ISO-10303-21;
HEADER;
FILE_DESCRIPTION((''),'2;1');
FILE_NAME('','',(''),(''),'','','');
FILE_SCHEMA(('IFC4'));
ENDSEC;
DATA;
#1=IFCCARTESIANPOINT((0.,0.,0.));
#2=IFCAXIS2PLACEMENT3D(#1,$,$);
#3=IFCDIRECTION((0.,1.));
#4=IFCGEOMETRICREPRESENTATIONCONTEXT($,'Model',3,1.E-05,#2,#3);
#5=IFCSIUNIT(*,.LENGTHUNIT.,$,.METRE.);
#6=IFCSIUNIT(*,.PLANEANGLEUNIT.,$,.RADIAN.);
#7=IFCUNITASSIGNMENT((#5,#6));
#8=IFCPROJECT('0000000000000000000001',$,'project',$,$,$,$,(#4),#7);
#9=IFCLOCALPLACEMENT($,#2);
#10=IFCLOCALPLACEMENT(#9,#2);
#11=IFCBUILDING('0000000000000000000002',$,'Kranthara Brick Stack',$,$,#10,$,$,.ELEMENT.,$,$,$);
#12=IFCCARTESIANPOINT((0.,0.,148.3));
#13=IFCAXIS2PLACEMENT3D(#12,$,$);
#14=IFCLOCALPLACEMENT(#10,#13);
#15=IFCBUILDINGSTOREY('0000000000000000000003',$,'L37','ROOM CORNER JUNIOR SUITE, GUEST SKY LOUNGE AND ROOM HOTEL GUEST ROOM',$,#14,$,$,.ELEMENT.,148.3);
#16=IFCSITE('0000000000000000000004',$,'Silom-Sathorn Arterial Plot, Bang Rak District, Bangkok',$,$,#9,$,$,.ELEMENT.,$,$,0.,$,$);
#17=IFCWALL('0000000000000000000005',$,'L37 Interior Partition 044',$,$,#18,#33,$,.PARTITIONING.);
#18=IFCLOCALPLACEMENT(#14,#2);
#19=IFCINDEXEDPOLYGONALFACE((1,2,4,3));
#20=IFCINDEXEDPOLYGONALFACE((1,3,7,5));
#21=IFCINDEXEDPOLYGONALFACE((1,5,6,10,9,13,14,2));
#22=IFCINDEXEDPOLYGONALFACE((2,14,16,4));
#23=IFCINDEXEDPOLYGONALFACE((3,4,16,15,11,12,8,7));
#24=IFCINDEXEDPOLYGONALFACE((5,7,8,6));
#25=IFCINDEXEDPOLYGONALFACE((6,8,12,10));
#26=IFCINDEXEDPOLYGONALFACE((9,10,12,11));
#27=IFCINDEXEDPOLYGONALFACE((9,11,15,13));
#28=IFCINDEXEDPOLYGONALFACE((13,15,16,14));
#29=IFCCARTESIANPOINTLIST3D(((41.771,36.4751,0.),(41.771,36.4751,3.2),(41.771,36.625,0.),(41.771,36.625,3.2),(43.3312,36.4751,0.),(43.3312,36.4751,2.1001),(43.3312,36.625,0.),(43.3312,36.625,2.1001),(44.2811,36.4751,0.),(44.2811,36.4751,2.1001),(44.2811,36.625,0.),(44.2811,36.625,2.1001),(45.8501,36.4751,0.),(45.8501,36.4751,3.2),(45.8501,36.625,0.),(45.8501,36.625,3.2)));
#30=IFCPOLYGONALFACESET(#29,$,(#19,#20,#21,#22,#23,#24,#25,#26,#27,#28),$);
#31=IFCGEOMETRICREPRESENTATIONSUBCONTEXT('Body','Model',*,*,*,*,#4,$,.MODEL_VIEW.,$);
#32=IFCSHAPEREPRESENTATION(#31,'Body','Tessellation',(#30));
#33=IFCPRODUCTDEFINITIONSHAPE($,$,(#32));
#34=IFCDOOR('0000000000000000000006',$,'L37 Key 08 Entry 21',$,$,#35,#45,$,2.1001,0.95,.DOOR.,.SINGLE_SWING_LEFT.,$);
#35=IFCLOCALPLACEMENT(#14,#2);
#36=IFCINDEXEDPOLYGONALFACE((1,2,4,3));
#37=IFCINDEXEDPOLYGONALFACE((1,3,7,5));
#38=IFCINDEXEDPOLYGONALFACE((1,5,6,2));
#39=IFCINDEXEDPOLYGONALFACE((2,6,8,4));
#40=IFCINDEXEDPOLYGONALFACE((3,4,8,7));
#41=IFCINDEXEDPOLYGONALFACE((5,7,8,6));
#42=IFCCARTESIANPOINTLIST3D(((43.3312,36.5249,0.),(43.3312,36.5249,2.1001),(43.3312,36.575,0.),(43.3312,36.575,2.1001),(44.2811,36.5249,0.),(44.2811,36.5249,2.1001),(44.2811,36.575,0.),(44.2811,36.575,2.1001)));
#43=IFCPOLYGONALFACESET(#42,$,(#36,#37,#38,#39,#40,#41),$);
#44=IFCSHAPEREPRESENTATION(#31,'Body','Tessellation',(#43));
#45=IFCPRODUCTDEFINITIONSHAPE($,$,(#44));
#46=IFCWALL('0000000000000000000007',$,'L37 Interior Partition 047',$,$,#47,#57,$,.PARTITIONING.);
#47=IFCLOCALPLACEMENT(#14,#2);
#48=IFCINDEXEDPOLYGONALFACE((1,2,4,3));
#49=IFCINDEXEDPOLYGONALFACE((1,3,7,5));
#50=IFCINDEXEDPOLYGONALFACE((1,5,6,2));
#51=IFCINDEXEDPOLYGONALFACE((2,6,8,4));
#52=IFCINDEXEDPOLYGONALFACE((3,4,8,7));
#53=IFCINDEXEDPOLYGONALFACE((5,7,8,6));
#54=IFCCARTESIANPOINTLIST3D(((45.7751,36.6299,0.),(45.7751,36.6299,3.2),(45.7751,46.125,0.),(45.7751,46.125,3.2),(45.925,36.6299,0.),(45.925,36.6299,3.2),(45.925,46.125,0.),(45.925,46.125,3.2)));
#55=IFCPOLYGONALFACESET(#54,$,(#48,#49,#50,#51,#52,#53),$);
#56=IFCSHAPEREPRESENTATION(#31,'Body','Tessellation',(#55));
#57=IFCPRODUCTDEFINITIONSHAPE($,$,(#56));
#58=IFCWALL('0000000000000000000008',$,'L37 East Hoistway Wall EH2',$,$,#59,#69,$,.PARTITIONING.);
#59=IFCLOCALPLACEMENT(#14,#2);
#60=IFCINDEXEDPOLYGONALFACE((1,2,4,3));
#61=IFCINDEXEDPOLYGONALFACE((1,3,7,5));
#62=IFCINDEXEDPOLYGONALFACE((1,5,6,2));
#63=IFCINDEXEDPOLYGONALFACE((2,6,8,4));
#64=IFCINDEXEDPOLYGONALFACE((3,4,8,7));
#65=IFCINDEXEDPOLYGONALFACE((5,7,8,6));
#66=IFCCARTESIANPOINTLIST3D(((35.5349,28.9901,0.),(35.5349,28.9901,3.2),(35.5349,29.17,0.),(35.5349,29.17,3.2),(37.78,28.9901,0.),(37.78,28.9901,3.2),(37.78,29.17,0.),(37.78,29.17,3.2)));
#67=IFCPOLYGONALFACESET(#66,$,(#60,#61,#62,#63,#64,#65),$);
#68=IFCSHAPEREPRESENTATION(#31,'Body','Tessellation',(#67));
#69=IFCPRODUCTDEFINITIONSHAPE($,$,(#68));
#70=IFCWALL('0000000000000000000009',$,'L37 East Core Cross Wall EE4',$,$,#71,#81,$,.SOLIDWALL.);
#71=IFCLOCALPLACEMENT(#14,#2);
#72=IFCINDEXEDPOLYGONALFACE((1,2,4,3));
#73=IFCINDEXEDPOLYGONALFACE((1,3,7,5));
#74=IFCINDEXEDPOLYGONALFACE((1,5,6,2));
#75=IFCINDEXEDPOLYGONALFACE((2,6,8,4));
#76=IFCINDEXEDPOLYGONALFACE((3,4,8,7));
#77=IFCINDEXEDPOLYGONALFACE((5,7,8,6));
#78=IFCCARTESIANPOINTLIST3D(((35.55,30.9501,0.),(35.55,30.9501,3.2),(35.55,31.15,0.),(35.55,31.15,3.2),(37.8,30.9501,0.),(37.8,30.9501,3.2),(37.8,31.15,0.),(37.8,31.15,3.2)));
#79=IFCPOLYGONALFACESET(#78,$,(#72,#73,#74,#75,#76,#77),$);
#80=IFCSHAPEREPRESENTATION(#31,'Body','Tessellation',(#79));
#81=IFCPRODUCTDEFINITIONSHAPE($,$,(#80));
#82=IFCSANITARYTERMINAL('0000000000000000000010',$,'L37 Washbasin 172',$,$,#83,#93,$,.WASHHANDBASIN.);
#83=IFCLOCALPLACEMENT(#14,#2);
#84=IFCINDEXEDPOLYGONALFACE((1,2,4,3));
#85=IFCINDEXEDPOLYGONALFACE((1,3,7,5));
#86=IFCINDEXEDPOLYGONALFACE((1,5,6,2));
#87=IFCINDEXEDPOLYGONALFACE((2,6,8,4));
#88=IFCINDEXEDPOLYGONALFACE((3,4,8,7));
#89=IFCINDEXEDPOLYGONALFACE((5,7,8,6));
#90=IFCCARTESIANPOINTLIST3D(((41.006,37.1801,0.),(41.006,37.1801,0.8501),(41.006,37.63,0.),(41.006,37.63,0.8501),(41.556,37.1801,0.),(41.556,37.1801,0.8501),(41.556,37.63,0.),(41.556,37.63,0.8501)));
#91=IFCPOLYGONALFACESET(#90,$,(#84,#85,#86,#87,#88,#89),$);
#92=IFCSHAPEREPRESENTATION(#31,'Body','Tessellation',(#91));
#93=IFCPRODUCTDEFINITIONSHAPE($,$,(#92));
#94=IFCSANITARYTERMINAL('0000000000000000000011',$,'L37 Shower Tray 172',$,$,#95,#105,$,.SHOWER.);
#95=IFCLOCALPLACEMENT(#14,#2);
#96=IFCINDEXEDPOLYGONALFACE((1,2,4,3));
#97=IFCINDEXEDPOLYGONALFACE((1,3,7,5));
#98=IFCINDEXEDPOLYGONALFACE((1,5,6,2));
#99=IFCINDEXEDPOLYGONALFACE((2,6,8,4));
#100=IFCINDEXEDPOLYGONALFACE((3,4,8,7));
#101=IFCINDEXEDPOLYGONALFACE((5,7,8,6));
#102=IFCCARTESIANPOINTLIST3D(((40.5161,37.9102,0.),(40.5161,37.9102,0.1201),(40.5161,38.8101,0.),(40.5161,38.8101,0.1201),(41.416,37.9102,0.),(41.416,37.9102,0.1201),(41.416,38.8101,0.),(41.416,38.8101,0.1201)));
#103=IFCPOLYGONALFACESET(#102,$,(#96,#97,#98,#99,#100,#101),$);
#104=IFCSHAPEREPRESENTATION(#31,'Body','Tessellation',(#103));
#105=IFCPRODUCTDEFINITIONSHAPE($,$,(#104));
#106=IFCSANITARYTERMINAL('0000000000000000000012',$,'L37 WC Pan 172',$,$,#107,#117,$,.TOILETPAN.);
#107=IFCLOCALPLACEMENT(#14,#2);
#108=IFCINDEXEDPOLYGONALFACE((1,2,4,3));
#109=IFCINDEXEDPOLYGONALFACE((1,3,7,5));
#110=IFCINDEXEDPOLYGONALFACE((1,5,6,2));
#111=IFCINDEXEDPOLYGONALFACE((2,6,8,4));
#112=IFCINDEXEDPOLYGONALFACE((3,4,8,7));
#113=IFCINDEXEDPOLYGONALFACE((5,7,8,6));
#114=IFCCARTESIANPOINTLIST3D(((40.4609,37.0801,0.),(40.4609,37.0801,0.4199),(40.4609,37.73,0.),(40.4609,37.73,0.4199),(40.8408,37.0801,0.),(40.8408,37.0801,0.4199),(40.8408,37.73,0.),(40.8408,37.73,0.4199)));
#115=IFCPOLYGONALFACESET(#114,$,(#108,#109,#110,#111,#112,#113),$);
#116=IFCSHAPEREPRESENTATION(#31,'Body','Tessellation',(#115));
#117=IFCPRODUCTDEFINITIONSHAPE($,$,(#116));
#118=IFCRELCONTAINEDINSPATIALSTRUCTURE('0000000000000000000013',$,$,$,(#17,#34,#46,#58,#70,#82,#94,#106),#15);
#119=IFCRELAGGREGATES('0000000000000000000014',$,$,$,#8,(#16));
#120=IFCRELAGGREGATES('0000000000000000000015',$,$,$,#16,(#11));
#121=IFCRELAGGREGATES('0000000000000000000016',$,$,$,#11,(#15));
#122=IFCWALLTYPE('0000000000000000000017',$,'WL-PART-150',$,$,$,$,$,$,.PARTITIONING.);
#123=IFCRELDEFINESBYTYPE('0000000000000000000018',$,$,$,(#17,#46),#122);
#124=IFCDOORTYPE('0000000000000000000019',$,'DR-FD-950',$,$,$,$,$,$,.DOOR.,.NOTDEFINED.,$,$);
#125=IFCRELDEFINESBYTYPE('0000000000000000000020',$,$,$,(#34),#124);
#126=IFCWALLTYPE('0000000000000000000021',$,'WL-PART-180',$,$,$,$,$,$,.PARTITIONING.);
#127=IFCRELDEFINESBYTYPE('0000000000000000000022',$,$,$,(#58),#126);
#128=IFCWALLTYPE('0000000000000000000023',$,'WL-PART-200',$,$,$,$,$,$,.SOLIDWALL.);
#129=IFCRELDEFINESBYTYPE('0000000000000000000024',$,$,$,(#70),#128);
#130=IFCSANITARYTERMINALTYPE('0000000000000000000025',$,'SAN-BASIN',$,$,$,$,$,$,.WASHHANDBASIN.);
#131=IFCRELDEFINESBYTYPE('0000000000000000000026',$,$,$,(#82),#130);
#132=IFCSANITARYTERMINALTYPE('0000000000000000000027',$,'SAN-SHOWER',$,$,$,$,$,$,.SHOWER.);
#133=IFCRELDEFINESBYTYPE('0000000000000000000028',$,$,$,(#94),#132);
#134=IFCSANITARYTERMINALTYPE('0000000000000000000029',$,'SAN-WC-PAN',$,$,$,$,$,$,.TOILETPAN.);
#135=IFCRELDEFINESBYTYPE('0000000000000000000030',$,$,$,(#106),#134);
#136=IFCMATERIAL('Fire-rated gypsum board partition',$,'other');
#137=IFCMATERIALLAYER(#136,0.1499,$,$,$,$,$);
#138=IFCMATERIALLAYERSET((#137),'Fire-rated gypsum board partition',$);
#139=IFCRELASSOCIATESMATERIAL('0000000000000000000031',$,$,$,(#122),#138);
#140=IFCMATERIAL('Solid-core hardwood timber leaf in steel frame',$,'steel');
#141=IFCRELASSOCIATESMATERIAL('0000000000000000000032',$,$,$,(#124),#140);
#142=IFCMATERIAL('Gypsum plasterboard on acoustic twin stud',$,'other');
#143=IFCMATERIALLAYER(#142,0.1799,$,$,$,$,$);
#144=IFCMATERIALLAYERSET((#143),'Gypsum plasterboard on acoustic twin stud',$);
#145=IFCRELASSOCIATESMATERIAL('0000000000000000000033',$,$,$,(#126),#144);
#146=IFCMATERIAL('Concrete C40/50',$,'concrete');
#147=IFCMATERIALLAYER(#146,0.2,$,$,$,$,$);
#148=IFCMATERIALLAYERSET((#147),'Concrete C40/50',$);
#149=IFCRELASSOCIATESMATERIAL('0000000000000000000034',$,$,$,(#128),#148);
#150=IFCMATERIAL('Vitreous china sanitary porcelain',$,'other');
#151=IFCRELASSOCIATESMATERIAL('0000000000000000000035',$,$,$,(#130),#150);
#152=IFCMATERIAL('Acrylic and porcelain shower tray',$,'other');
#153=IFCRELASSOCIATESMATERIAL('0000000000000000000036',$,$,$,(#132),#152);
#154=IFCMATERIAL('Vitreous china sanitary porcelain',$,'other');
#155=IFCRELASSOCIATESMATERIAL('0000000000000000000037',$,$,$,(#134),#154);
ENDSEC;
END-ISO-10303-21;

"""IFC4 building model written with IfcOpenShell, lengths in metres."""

from ifc_helpers import new_model, si_unit, direction, frame, frame_2d, origin, origin_2d, place, context, subcontext, project, spatial, rectangle, extrude, material, layer, layer_set, type_object, element, fill, save


model = new_model("IFC4")

# Units and contexts
model_context = context("Model", 3, precision=1e-05, world=origin(), true_north=direction((0.0, 1.0)))
body_context = subcontext(model_context, "Body", "Model", "MODEL_VIEW")
ifc_project = project(units=[si_unit("LENGTHUNIT", "METRE"), si_unit("PLANEANGLEUNIT", "RADIAN")], contexts=[model_context])

# Site, building, storey
site_placement = place(None, origin())
site = spatial("IfcSite", under=ifc_project, at=site_placement, Name="Silom-Sathorn Arterial Plot, Bang Rak District, Bangkok", CompositionType="ELEMENT", RefElevation=0.0)
building_placement = place(site_placement, origin())
building = spatial("IfcBuilding", under=site, at=building_placement, Name="Kranthara Brick Stack", CompositionType="ELEMENT")
storey_placement = place(building_placement, frame((0.0, 0.0, 148.3)))
storey = spatial("IfcBuildingStorey", under=building, at=storey_placement, Name="L37", Description="ROOM CORNER JUNIOR SUITE, GUEST SKY LOUNGE AND ROOM HOTEL GUEST ROOM", CompositionType="ELEMENT", Elevation=148.3)

# Shared definitions
ifc_material_1 = material(Name="Fire-rated gypsum board partition", Category="other")
ifc_layer_1 = layer(ifc_material_1, 0.1499)
ifc_layer_set_1 = layer_set([ifc_layer_1], Name="Fire-rated gypsum board partition")
wall_type_1 = type_object("IfcWallType", Name="WL-PART-150", PredefinedType="PARTITIONING", material=ifc_layer_set_1)

# Wall, opening, door
wall_1_placement = place(storey_placement, frame((41.771, 36.55, 0.0), z_axis=(0.0, 0.0, 1.0), x_axis=(1.0, 0.0, 0.0)))
wall_1 = element("IfcWall", 1, at=wall_1_placement, inside=storey, type_object=wall_type_1, Name="L37 Interior Partition 044", PredefinedType="PARTITIONING", context=body_context, shape_type="SweptSolid", body=[
    extrude(rectangle(XDim=4.0791, YDim=0.1499, at=frame_2d((2.0396, 0.0))), origin(), (0.0, 0.0, 1.0), 3.2),
])
opening_1_placement = place(wall_1_placement, frame((1.5601, 0.0, 0.0)))
opening_1 = element("IfcOpeningElement", 2, at=opening_1_placement, cuts=wall_1, PredefinedType="OPENING", context=body_context, shape_type="SweptSolid", body=[
    extrude(rectangle(XDim=0.95, YDim=2.1001, at=frame_2d((0.4751, 1.05))), frame((0.0, 0.085, 0.0), z_axis=(0.0, -1.0, 0.0), x_axis=(1.0, 0.0, 0.0)), (0.0, 0.0, 1.0), 0.1699),
])
ifc_material_2 = material(Name="Solid-core hardwood timber leaf in steel frame", Category="steel")
door_type_1 = type_object("IfcDoorType", Name="DR-FD-950", OperationType="NOTDEFINED", PredefinedType="DOOR", material=ifc_material_2)
door_1_placement = place(opening_1_placement, origin())
door_1 = element("IfcDoor", 3, at=door_1_placement, inside=storey, type_object=door_type_1, Name="L37 Key 08 Entry 21", OperationType="SINGLE_SWING_LEFT", OverallHeight=2.1001, OverallWidth=0.95, PredefinedType="DOOR", context=body_context, shape_type="SweptSolid", body=[
    extrude(rectangle(XDim=0.95, YDim=2.1001, at=frame_2d((0.4751, 1.05))), frame((0.0, 0.0249, 0.0), z_axis=(0.0, -1.0, 0.0), x_axis=(1.0, 0.0, 0.0)), (0.0, 0.0, 1.0), 0.05),
])
fill(opening_1, door_1)

# Walls
wall_2_placement = place(storey_placement, frame((45.8501, 36.6299, 0.0), z_axis=(0.0, 0.0, 1.0), x_axis=(0.0, 1.0, 0.0)))
element("IfcWall", 4, at=wall_2_placement, inside=storey, type_object=wall_type_1, Name="L37 Interior Partition 047", PredefinedType="PARTITIONING", context=body_context, shape_type="SweptSolid", body=[
    extrude(rectangle(XDim=9.4951, YDim=0.1499, at=frame_2d((4.7476, 0.0))), origin(), (0.0, 0.0, 1.0), 3.2),
])
ifc_material_3 = material(Name="Gypsum plasterboard on acoustic twin stud", Category="other")
ifc_layer_2 = layer(ifc_material_3, 0.1799)
ifc_layer_set_2 = layer_set([ifc_layer_2], Name="Gypsum plasterboard on acoustic twin stud")
wall_type_2 = type_object("IfcWallType", Name="WL-PART-180", PredefinedType="PARTITIONING", material=ifc_layer_set_2)
wall_3_placement = place(storey_placement, frame((35.5349, 29.0801, 0.0), z_axis=(0.0, 0.0, 1.0), x_axis=(1.0, 0.0, 0.0)))
element("IfcWall", 5, at=wall_3_placement, inside=storey, type_object=wall_type_2, Name="L37 East Hoistway Wall EH2", PredefinedType="PARTITIONING", context=body_context, shape_type="SweptSolid", body=[
    extrude(rectangle(XDim=2.2451, YDim=0.1799, at=frame_2d((1.1226, 0.0))), origin(), (0.0, 0.0, 1.0), 3.2),
])
ifc_material_4 = material(Name="Concrete C40/50", Category="concrete")
ifc_layer_3 = layer(ifc_material_4, 0.2)
ifc_layer_set_3 = layer_set([ifc_layer_3], Name="Concrete C40/50")
wall_type_3 = type_object("IfcWallType", Name="WL-PART-200", PredefinedType="SOLIDWALL", material=ifc_layer_set_3)
wall_4_placement = place(storey_placement, frame((35.55, 31.05, 0.0), z_axis=(0.0, 0.0, 1.0), x_axis=(1.0, 0.0, 0.0)))
element("IfcWall", 6, at=wall_4_placement, inside=storey, type_object=wall_type_3, Name="L37 East Core Cross Wall EE4", PredefinedType="SOLIDWALL", context=body_context, shape_type="SweptSolid", body=[
    extrude(rectangle(XDim=2.25, YDim=0.2, at=frame_2d((1.125, 0.0))), origin(), (0.0, 0.0, 1.0), 3.2),
])

# Sanitary terminals
ifc_material_5 = material(Name="Vitreous china sanitary porcelain", Category="other")
sanitary_terminal_type_1 = type_object("IfcSanitaryTerminalType", Name="SAN-BASIN", PredefinedType="WASHHANDBASIN", material=ifc_material_5)
sanitary_terminal_1_placement = place(storey_placement, frame((41.281, 37.405, 0.0), z_axis=(0.0, 0.0, 1.0), x_axis=(1.0, 0.0, 0.0)))
element("IfcSanitaryTerminal", 7, at=sanitary_terminal_1_placement, inside=storey, type_object=sanitary_terminal_type_1, Name="L37 Washbasin 172", PredefinedType="WASHHANDBASIN", context=body_context, shape_type="SweptSolid", body=[
    extrude(rectangle(XDim=0.55, YDim=0.45, at=origin_2d()), origin(), (0.0, 0.0, 1.0), 0.8501),
])
ifc_material_6 = material(Name="Acrylic and porcelain shower tray", Category="other")
sanitary_terminal_type_2 = type_object("IfcSanitaryTerminalType", Name="SAN-SHOWER", PredefinedType="SHOWER", material=ifc_material_6)
sanitary_terminal_2_placement = place(storey_placement, frame((40.9661, 38.3601, 0.0), z_axis=(0.0, 0.0, 1.0), x_axis=(1.0, 0.0, 0.0)))
element("IfcSanitaryTerminal", 8, at=sanitary_terminal_2_placement, inside=storey, type_object=sanitary_terminal_type_2, Name="L37 Shower Tray 172", PredefinedType="SHOWER", context=body_context, shape_type="SweptSolid", body=[
    extrude(rectangle(XDim=0.8999, YDim=0.8999, at=origin_2d()), origin(), (0.0, 0.0, 1.0), 0.1201),
])
ifc_material_7 = material(Name="Vitreous china sanitary porcelain", Category="other")
sanitary_terminal_type_3 = type_object("IfcSanitaryTerminalType", Name="SAN-WC-PAN", PredefinedType="TOILETPAN", material=ifc_material_7)
sanitary_terminal_3_placement = place(storey_placement, frame((40.6509, 37.405, 0.0), z_axis=(0.0, 0.0, 1.0), x_axis=(1.0, 0.0, 0.0)))
element("IfcSanitaryTerminal", 9, at=sanitary_terminal_3_placement, inside=storey, type_object=sanitary_terminal_type_3, Name="L37 WC Pan 172", PredefinedType="TOILETPAN", context=body_context, shape_type="SweptSolid", body=[
    extrude(rectangle(XDim=0.3799, YDim=0.6499, at=origin_2d()), origin(), (0.0, 0.0, 1.0), 0.4199),
])

save(model, "model.ifc")
